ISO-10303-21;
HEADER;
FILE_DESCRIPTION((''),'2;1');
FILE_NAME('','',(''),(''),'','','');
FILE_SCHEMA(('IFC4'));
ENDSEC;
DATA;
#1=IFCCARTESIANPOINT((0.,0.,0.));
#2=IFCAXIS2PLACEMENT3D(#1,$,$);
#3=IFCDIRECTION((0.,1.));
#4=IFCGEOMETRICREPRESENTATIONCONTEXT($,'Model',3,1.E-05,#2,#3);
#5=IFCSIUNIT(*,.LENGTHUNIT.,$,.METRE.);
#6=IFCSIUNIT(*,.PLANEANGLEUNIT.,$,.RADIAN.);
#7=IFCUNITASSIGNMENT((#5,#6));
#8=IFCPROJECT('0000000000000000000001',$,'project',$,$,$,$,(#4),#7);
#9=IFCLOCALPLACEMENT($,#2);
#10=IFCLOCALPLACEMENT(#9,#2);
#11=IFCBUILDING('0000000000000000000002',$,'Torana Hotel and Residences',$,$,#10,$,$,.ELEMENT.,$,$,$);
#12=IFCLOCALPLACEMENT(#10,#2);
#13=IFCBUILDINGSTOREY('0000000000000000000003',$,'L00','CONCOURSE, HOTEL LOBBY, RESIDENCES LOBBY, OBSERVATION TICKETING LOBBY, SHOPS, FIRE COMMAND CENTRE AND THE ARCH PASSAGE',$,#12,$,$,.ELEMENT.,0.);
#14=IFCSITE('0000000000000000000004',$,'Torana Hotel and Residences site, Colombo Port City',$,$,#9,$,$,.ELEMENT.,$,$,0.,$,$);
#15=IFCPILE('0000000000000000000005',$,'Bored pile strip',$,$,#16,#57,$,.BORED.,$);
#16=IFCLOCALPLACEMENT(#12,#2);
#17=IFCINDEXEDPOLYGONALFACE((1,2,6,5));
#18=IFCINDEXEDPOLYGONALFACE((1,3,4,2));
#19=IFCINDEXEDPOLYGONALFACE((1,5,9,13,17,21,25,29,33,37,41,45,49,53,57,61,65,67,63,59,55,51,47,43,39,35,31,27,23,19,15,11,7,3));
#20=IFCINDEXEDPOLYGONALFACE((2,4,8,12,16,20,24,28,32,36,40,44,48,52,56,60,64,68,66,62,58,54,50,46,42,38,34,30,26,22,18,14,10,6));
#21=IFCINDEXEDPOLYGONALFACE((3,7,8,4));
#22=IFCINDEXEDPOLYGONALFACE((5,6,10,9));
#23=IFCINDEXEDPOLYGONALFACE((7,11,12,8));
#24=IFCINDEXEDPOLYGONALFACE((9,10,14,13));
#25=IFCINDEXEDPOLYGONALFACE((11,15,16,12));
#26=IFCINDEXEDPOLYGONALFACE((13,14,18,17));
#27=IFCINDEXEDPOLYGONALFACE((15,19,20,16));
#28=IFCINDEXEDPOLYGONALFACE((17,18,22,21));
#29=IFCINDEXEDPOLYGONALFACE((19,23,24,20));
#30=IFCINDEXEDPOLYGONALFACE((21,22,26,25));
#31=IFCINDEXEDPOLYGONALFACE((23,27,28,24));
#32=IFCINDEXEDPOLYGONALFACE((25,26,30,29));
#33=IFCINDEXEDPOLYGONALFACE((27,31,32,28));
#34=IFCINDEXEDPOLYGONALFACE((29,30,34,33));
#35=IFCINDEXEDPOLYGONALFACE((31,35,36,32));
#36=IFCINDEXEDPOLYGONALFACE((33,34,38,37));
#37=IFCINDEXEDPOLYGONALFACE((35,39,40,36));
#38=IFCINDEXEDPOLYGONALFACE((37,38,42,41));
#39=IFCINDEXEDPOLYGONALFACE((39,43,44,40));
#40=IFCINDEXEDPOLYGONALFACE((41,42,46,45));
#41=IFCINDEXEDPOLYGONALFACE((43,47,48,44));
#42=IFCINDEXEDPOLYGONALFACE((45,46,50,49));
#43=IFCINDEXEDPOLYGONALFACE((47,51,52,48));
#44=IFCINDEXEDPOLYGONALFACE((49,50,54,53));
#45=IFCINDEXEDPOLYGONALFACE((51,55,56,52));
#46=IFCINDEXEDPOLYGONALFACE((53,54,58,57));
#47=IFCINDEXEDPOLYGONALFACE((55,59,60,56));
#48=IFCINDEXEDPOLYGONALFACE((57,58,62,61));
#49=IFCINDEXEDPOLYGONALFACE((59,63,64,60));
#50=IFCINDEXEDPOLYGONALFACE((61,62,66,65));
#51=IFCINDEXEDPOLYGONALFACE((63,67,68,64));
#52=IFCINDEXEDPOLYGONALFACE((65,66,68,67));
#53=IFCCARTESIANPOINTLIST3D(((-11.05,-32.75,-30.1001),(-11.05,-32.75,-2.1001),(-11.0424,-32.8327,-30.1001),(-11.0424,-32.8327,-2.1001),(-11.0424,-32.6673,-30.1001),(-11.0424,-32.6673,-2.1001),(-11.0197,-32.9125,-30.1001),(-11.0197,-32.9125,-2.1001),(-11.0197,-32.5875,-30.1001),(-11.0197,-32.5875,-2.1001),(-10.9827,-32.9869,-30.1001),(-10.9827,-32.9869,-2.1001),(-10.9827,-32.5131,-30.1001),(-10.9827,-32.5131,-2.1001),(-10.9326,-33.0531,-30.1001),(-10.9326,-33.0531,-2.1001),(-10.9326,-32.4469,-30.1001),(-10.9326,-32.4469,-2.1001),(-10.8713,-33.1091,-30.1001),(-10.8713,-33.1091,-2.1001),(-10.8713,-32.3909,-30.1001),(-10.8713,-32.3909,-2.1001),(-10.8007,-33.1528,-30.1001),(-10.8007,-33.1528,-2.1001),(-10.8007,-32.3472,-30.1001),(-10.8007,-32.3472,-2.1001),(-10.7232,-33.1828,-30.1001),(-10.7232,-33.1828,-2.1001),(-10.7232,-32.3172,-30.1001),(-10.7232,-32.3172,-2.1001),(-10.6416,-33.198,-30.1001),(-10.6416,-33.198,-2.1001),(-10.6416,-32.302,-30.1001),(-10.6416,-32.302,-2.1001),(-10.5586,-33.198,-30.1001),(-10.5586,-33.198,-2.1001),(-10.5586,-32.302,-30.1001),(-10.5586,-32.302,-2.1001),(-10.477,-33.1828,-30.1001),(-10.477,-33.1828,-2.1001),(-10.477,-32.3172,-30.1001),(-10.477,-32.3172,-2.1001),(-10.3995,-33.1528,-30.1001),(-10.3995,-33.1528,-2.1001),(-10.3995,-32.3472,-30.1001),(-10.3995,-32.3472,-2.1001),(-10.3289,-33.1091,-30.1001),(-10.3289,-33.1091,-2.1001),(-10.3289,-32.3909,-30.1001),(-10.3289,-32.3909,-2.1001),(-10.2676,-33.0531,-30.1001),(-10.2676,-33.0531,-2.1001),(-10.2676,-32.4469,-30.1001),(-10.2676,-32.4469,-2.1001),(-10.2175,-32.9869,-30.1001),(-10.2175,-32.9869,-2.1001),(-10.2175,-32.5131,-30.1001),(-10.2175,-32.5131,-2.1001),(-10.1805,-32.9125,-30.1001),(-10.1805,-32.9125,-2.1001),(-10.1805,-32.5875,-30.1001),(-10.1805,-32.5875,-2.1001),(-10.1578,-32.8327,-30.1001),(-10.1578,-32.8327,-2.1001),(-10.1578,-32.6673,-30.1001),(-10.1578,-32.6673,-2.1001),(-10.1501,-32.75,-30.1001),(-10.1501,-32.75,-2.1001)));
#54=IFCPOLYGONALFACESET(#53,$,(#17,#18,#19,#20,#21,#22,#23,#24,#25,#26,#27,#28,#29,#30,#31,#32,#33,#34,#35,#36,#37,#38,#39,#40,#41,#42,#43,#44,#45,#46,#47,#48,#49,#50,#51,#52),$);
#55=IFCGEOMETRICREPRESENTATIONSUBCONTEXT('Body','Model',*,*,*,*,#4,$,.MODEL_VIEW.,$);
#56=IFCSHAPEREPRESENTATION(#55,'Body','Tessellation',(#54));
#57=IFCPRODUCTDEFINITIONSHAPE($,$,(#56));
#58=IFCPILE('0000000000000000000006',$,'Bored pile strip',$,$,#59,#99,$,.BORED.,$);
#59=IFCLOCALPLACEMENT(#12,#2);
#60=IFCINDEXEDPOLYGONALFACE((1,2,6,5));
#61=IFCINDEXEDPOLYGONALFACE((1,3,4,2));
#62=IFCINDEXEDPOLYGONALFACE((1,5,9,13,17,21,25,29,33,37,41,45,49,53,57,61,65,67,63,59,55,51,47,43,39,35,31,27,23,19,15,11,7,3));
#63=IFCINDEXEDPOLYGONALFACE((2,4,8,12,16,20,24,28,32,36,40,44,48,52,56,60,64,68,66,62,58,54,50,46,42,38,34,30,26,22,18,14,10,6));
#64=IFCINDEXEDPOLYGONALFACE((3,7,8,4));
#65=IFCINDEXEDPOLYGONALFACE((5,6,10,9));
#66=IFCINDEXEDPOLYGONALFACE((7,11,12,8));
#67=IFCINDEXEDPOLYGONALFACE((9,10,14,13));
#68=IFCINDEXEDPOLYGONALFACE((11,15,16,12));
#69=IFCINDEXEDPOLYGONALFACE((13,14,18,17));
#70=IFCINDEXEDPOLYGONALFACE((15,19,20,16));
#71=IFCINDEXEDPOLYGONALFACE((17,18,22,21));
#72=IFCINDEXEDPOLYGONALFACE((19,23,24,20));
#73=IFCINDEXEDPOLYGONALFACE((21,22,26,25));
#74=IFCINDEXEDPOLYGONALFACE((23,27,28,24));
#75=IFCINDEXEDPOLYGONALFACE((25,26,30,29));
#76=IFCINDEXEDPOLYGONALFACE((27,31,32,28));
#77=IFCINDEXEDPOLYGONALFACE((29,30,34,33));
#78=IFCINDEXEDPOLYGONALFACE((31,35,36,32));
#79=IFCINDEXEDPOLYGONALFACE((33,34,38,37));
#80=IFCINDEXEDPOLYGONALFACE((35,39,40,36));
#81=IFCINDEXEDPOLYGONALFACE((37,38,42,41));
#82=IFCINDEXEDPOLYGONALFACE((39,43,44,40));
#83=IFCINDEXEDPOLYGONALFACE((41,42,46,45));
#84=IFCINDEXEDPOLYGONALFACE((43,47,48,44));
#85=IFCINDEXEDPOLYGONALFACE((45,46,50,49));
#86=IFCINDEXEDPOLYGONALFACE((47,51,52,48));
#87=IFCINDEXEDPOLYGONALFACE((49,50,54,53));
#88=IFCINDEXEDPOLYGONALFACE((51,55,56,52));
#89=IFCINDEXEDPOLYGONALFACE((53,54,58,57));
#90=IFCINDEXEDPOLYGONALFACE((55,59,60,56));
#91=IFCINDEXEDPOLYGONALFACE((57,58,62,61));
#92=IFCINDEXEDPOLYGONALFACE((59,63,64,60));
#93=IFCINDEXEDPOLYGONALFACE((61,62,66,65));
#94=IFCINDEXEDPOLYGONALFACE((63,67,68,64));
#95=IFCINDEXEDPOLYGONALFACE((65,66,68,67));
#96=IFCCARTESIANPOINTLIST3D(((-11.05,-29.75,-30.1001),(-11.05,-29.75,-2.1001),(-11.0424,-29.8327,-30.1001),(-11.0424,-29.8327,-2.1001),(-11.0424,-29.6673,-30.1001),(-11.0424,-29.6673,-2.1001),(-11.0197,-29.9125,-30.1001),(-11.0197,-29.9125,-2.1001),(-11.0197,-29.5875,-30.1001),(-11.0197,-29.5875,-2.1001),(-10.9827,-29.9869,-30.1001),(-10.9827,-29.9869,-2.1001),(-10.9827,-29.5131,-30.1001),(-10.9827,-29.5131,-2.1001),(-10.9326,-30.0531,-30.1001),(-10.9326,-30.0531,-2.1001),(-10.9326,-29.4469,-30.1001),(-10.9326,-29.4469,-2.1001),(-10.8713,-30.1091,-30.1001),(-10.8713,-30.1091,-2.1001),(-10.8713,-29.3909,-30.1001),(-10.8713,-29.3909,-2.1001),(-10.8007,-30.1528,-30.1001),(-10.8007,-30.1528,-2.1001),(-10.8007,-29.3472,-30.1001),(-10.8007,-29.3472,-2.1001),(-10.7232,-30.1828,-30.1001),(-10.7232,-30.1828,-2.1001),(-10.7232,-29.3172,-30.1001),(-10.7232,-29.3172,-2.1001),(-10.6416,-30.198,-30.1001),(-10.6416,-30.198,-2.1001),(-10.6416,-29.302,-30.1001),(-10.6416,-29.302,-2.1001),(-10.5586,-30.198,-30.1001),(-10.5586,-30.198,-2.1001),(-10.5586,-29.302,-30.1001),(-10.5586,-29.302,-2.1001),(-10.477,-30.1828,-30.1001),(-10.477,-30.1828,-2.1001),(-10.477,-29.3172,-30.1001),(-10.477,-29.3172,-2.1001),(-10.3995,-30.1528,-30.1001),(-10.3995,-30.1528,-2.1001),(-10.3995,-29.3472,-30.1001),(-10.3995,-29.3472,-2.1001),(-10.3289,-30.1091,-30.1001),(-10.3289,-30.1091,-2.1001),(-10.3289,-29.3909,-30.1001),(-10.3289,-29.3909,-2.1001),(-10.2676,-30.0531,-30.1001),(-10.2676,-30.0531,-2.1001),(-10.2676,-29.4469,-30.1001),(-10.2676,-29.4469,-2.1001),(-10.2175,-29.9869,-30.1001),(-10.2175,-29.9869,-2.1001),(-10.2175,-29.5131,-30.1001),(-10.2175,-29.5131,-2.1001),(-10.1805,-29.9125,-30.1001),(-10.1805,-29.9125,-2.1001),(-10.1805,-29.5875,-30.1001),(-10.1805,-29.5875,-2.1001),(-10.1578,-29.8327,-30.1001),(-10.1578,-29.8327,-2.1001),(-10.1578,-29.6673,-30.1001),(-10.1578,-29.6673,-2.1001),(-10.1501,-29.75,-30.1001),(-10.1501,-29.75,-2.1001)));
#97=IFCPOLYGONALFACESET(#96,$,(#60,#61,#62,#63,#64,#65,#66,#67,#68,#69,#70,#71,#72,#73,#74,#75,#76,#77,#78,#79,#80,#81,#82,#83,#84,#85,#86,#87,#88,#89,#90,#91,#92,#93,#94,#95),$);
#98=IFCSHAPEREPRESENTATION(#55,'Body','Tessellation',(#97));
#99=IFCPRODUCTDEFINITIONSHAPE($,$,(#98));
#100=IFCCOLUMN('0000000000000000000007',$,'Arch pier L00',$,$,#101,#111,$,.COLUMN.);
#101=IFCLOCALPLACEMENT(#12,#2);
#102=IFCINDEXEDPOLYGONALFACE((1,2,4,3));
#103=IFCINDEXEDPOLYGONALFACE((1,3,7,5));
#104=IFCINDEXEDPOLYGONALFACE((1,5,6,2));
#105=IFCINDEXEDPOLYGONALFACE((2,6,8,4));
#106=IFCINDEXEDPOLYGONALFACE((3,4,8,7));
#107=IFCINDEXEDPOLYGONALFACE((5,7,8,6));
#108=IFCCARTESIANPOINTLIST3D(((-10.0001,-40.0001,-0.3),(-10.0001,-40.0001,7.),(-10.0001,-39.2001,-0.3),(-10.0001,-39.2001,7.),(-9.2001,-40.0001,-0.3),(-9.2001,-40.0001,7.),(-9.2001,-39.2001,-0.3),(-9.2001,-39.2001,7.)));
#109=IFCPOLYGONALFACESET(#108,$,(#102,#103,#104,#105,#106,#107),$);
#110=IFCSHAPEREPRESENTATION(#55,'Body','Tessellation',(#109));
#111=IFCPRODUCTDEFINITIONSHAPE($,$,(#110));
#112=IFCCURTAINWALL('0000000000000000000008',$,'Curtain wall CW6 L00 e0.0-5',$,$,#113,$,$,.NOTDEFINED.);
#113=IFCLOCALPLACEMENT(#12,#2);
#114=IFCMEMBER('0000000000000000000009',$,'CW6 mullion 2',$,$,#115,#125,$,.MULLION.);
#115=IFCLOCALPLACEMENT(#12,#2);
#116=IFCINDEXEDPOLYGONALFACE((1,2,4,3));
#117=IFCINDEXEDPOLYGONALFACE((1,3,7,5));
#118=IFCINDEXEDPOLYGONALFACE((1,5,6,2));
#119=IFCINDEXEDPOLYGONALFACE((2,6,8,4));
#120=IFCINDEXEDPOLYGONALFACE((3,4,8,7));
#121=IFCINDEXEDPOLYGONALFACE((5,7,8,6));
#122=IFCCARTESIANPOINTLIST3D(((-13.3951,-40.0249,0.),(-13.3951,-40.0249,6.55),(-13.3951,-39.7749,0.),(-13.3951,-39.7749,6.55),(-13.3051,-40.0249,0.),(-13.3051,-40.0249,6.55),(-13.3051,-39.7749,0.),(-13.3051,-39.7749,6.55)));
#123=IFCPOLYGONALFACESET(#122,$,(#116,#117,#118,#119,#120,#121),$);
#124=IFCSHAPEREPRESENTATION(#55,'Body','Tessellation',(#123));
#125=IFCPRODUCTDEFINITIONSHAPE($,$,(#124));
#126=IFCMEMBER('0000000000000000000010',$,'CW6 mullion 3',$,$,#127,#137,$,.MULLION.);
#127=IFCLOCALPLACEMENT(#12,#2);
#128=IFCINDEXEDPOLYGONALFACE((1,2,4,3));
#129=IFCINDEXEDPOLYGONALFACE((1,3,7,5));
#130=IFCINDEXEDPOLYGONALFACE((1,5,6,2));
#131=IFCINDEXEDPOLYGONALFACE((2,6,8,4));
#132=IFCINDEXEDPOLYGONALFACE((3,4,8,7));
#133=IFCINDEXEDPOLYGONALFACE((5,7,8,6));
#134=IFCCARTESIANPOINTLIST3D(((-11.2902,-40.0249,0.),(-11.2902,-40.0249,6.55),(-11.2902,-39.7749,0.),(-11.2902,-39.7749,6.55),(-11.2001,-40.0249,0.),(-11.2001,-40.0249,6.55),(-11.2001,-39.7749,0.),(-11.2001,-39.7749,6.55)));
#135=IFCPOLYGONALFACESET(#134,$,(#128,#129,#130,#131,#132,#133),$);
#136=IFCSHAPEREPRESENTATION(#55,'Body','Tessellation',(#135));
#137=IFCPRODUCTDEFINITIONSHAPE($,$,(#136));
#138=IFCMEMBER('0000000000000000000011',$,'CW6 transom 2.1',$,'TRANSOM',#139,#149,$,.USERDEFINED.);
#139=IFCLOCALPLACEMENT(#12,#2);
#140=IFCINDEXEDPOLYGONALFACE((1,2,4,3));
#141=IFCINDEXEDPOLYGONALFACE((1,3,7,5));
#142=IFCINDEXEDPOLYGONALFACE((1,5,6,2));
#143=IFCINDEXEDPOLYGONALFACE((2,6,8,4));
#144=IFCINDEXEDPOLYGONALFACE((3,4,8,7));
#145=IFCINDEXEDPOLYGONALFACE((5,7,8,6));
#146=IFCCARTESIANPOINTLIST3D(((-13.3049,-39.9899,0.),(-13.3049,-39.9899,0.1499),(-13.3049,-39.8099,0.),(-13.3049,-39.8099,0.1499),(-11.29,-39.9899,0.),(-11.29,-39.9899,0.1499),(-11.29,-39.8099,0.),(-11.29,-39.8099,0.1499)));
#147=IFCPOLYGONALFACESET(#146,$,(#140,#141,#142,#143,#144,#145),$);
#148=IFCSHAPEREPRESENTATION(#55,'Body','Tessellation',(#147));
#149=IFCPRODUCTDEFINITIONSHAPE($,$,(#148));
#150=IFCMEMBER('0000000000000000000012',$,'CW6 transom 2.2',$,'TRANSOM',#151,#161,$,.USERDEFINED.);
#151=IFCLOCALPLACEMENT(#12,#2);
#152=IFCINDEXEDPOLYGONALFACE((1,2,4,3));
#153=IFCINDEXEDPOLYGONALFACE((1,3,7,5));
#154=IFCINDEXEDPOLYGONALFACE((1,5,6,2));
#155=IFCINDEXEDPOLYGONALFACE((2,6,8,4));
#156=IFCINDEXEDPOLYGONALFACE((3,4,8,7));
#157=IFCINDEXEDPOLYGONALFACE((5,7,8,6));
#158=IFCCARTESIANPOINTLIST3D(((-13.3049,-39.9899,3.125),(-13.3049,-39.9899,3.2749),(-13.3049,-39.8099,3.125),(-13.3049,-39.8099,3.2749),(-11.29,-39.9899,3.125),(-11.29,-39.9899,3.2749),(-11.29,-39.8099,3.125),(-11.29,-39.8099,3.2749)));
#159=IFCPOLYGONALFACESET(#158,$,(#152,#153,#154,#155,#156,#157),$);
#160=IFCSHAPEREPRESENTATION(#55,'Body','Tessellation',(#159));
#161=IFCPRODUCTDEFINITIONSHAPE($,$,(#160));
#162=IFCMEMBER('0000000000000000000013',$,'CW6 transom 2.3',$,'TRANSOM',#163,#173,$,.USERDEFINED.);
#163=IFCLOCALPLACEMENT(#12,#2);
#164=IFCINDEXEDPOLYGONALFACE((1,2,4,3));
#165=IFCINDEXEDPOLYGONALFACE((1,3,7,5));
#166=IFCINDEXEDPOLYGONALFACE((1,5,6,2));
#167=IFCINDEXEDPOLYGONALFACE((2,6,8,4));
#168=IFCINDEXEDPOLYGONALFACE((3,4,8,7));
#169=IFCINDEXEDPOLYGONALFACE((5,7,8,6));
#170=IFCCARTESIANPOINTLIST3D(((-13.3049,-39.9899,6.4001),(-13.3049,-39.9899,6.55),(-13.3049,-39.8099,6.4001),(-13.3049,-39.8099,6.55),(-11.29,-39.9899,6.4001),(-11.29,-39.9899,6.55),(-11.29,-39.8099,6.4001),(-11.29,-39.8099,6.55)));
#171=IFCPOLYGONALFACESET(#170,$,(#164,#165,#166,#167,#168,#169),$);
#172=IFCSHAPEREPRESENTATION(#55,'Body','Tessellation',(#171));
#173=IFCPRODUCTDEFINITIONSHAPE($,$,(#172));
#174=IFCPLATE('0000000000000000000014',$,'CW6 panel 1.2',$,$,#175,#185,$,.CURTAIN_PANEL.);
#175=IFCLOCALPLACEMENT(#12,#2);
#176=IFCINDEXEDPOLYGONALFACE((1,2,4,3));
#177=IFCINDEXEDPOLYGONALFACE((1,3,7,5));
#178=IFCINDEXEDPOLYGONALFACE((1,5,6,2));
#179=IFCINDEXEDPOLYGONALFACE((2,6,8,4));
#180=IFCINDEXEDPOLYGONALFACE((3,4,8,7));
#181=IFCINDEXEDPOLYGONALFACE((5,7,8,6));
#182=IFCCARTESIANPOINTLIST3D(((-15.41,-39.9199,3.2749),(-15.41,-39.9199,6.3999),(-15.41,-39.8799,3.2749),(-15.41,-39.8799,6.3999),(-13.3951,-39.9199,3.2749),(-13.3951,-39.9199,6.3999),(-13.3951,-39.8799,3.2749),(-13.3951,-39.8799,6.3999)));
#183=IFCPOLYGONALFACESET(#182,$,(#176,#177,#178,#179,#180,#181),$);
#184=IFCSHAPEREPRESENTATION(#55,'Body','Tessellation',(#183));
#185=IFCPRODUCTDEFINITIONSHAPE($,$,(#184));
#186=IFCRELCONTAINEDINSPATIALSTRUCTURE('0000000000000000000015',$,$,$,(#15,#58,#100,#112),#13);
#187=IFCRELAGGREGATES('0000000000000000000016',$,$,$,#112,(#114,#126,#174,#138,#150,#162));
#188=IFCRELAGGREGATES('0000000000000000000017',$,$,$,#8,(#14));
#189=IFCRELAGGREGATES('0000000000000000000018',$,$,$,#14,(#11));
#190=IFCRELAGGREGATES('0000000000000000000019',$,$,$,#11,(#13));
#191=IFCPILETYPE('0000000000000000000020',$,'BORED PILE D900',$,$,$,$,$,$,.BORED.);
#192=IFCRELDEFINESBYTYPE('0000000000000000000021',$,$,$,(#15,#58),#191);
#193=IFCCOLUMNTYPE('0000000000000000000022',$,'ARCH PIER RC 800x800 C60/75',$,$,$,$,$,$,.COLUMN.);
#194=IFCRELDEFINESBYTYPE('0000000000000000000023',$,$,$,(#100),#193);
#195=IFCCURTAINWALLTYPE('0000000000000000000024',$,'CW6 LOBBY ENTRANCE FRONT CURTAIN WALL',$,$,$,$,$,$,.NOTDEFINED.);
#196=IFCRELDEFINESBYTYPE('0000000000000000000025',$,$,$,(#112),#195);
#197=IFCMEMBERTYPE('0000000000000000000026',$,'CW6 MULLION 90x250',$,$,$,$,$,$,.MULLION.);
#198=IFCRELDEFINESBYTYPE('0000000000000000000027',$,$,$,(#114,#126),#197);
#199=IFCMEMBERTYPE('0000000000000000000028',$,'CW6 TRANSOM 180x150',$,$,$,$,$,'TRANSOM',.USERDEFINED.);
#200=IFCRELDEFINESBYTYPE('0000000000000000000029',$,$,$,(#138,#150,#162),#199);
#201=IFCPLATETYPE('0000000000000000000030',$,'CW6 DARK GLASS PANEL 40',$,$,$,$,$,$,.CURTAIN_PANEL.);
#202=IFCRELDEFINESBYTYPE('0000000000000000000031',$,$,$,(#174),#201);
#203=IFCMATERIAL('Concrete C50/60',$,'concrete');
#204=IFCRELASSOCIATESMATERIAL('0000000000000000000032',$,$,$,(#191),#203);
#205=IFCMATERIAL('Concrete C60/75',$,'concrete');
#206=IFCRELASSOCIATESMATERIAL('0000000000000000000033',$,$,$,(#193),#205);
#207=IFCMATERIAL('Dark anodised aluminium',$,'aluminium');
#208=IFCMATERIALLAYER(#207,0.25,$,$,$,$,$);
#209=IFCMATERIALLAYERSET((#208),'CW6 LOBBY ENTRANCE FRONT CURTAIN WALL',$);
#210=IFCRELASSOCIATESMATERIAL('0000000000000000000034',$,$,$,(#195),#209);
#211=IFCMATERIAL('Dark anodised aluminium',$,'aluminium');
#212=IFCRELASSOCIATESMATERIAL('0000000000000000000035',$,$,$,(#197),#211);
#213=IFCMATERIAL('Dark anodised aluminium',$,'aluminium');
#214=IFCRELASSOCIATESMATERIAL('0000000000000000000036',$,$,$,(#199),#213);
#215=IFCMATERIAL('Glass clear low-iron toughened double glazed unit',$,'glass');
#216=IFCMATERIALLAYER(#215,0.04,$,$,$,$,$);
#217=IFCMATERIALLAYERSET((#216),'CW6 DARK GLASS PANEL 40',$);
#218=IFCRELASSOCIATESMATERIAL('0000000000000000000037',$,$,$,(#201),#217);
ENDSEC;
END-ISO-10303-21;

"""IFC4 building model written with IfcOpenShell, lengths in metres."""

from ifc_helpers import new_model, si_unit, direction, frame, origin, origin_2d, place, context, subcontext, project, spatial, rectangle, circle, extrude, material, layer, layer_set, material_profile, profile_set, type_object, element, aggregate, save


model = new_model("IFC4")

# Units and contexts
model_context = context("Model", 3, precision=1e-05, world=origin(), true_north=direction((0.0, 1.0)))
body_context = subcontext(model_context, "Body", "Model", "MODEL_VIEW")
ifc_project = project(units=[si_unit("LENGTHUNIT", "METRE"), si_unit("PLANEANGLEUNIT", "RADIAN")], contexts=[model_context])

# Site, building, storey
site_placement = place(None, origin())
site = spatial("IfcSite", under=ifc_project, at=site_placement, Name="Torana Hotel and Residences site, Colombo Port City", CompositionType="ELEMENT", RefElevation=0.0)
building_placement = place(site_placement, origin())
building = spatial("IfcBuilding", under=site, at=building_placement, Name="Torana Hotel and Residences", CompositionType="ELEMENT")
storey_placement = place(building_placement, origin())
storey = spatial("IfcBuildingStorey", under=building, at=storey_placement, Name="L00", Description="CONCOURSE, HOTEL LOBBY, RESIDENCES LOBBY, OBSERVATION TICKETING LOBBY, SHOPS, FIRE COMMAND CENTRE AND THE ARCH PASSAGE", CompositionType="ELEMENT", Elevation=0.0)

# Piles
ifc_material_1 = material(Name="Concrete C50/60", Category="concrete")
pile_type_1 = type_object("IfcPileType", Name="BORED PILE D900", PredefinedType="BORED", material=ifc_material_1)
for number, where, z_axis, x_axis, name in (
    (1, (-10.6001, -32.75, -2.1001), (0.0, 0.0, -1.0), (1.0, 0.0, 0.0), "Bored pile strip"),
    (2, (-10.6001, -29.75, -2.1001), (0.0, 0.0, -1.0), (1.0, 0.0, 0.0), "Bored pile strip"),
):
    element("IfcPile", number, at=place(storey_placement, frame(where, z_axis=z_axis, x_axis=x_axis)), inside=storey, type_object=pile_type_1, Name=name, PredefinedType="BORED", context=body_context, shape_type="SweptSolid", body=[
        extrude(circle(Radius=0.45, at=origin_2d()), origin(), (0.0, 0.0, 1.0), 28.0),
    ])

# Column
ifc_material_2 = material(Name="Concrete C60/75", Category="concrete")
ifc_material_profile_1 = material_profile(ifc_material_2, rectangle(XDim=0.8, YDim=0.8, at=origin_2d()), Name="RC 800x800")
ifc_profile_set_1 = profile_set([ifc_material_profile_1], Name="Concrete C60/75")
column_type = type_object("IfcColumnType", Name="ARCH PIER RC 800x800 C60/75", PredefinedType="COLUMN", material=ifc_profile_set_1)
column_placement = place(storey_placement, frame((-9.6001, -39.6001, -0.3), z_axis=(0.0, 0.0, 1.0), x_axis=(1.0, 0.0, 0.0)))
element("IfcColumn", 3, at=column_placement, inside=storey, type_object=column_type, Name="Arch pier L00", PredefinedType="COLUMN", context=body_context, shape_type="SweptSolid", body=[
    extrude(rectangle(XDim=0.8, YDim=0.8, at=origin_2d()), origin(), (0.0, 0.0, 1.0), 7.3),
])

# Curtain wall, members, plate
ifc_material_3 = material(Name="Dark anodised aluminium", Category="aluminium")
ifc_layer_1 = layer(ifc_material_3, 0.25)
ifc_layer_set_1 = layer_set([ifc_layer_1], Name="CW6 LOBBY ENTRANCE FRONT CURTAIN WALL")
curtain_wall_type = type_object("IfcCurtainWallType", Name="CW6 LOBBY ENTRANCE FRONT CURTAIN WALL", PredefinedType="NOTDEFINED", material=ifc_layer_set_1)
curtain_wall_placement = place(storey_placement, origin())
curtain_wall = element("IfcCurtainWall", 4, at=curtain_wall_placement, inside=storey, type_object=curtain_wall_type, Name="Curtain wall CW6 L00 e0.0-5", PredefinedType="NOTDEFINED")
ifc_material_4 = material(Name="Dark anodised aluminium", Category="aluminium")
ifc_material_profile_2 = material_profile(ifc_material_4, rectangle(XDim=0.25, YDim=0.0901, at=origin_2d()), Name="CW6 MULLION 90x250")
ifc_profile_set_2 = profile_set([ifc_material_profile_2], Name="Dark anodised aluminium")
member_type_1 = type_object("IfcMemberType", Name="CW6 MULLION 90x250", PredefinedType="MULLION", material=ifc_profile_set_2)
member_1_placement = place(storey_placement, frame((-13.3501, -39.8999, 0.0), z_axis=(0.0, 0.0, 1.0), x_axis=(0.0, 1.0, 0.0)))
member_1 = element("IfcMember", 5, at=member_1_placement, type_object=member_type_1, Name="CW6 mullion 2", PredefinedType="MULLION", context=body_context, shape_type="SweptSolid", body=[
    extrude(rectangle(XDim=0.25, YDim=0.0901, at=origin_2d()), origin(), (0.0, 0.0, 1.0), 6.55),
])
member_2_placement = place(storey_placement, frame((-11.2451, -39.8999, 0.0), z_axis=(0.0, 0.0, 1.0), x_axis=(0.0, 1.0, 0.0)))
member_2 = element("IfcMember", 6, at=member_2_placement, type_object=member_type_1, Name="CW6 mullion 3", PredefinedType="MULLION", context=body_context, shape_type="SweptSolid", body=[
    extrude(rectangle(XDim=0.25, YDim=0.0901, at=origin_2d()), origin(), (0.0, 0.0, 1.0), 6.55),
])
ifc_material_5 = material(Name="Dark anodised aluminium", Category="aluminium")
ifc_material_profile_3 = material_profile(ifc_material_5, rectangle(XDim=0.1799, YDim=0.1499, at=origin_2d()), Name="CW6 TRANSOM 180x150")
ifc_profile_set_3 = profile_set([ifc_material_profile_3], Name="Dark anodised aluminium")
member_type_2 = type_object("IfcMemberType", Name="CW6 TRANSOM 180x150", ElementType="TRANSOM", PredefinedType="USERDEFINED", material=ifc_profile_set_3)
member_3_placement = place(storey_placement, frame((-13.3049, -39.8999, 0.075), z_axis=(1.0, 0.0, 0.0), x_axis=(0.0, 1.0, 0.0)))
member_3 = element("IfcMember", 7, at=member_3_placement, type_object=member_type_2, Name="CW6 transom 2.1", ObjectType="TRANSOM", PredefinedType="USERDEFINED", context=body_context, shape_type="SweptSolid", body=[
    extrude(rectangle(XDim=0.1799, YDim=0.1499, at=origin_2d()), origin(), (0.0, 0.0, 1.0), 2.0149),
])
member_4_placement = place(storey_placement, frame((-13.3049, -39.8999, 3.2), z_axis=(1.0, 0.0, 0.0), x_axis=(0.0, 1.0, 0.0)))
member_4 = element("IfcMember", 8, at=member_4_placement, type_object=member_type_2, Name="CW6 transom 2.2", ObjectType="TRANSOM", PredefinedType="USERDEFINED", context=body_context, shape_type="SweptSolid", body=[
    extrude(rectangle(XDim=0.1799, YDim=0.1499, at=origin_2d()), origin(), (0.0, 0.0, 1.0), 2.0149),
])
member_5_placement = place(storey_placement, frame((-13.3049, -39.8999, 6.4751), z_axis=(1.0, 0.0, 0.0), x_axis=(0.0, 1.0, 0.0)))
member_5 = element("IfcMember", 9, at=member_5_placement, type_object=member_type_2, Name="CW6 transom 2.3", ObjectType="TRANSOM", PredefinedType="USERDEFINED", context=body_context, shape_type="SweptSolid", body=[
    extrude(rectangle(XDim=0.1799, YDim=0.1499, at=origin_2d()), origin(), (0.0, 0.0, 1.0), 2.0149),
])
ifc_material_6 = material(Name="Glass clear low-iron toughened double glazed unit", Category="glass")
ifc_layer_2 = layer(ifc_material_6, 0.04)
ifc_layer_set_2 = layer_set([ifc_layer_2], Name="CW6 DARK GLASS PANEL 40")
plate_type = type_object("IfcPlateType", Name="CW6 DARK GLASS PANEL 40", PredefinedType="CURTAIN_PANEL", material=ifc_layer_set_2)
plate_1_placement = place(storey_placement, frame((-14.4026, -39.8999, 3.2749), z_axis=(0.0, 0.0, 1.0), x_axis=(1.0, 0.0, 0.0)))
plate_1 = element("IfcPlate", 10, at=plate_1_placement, type_object=plate_type, Name="CW6 panel 1.2", PredefinedType="CURTAIN_PANEL", context=body_context, shape_type="SweptSolid", body=[
    extrude(rectangle(XDim=2.0149, YDim=0.04, at=origin_2d()), origin(), (0.0, 0.0, 1.0), 3.125),
])
aggregate(curtain_wall, [member_1, member_2, plate_1, member_3, member_4, member_5])

save(model, "model.ifc")
